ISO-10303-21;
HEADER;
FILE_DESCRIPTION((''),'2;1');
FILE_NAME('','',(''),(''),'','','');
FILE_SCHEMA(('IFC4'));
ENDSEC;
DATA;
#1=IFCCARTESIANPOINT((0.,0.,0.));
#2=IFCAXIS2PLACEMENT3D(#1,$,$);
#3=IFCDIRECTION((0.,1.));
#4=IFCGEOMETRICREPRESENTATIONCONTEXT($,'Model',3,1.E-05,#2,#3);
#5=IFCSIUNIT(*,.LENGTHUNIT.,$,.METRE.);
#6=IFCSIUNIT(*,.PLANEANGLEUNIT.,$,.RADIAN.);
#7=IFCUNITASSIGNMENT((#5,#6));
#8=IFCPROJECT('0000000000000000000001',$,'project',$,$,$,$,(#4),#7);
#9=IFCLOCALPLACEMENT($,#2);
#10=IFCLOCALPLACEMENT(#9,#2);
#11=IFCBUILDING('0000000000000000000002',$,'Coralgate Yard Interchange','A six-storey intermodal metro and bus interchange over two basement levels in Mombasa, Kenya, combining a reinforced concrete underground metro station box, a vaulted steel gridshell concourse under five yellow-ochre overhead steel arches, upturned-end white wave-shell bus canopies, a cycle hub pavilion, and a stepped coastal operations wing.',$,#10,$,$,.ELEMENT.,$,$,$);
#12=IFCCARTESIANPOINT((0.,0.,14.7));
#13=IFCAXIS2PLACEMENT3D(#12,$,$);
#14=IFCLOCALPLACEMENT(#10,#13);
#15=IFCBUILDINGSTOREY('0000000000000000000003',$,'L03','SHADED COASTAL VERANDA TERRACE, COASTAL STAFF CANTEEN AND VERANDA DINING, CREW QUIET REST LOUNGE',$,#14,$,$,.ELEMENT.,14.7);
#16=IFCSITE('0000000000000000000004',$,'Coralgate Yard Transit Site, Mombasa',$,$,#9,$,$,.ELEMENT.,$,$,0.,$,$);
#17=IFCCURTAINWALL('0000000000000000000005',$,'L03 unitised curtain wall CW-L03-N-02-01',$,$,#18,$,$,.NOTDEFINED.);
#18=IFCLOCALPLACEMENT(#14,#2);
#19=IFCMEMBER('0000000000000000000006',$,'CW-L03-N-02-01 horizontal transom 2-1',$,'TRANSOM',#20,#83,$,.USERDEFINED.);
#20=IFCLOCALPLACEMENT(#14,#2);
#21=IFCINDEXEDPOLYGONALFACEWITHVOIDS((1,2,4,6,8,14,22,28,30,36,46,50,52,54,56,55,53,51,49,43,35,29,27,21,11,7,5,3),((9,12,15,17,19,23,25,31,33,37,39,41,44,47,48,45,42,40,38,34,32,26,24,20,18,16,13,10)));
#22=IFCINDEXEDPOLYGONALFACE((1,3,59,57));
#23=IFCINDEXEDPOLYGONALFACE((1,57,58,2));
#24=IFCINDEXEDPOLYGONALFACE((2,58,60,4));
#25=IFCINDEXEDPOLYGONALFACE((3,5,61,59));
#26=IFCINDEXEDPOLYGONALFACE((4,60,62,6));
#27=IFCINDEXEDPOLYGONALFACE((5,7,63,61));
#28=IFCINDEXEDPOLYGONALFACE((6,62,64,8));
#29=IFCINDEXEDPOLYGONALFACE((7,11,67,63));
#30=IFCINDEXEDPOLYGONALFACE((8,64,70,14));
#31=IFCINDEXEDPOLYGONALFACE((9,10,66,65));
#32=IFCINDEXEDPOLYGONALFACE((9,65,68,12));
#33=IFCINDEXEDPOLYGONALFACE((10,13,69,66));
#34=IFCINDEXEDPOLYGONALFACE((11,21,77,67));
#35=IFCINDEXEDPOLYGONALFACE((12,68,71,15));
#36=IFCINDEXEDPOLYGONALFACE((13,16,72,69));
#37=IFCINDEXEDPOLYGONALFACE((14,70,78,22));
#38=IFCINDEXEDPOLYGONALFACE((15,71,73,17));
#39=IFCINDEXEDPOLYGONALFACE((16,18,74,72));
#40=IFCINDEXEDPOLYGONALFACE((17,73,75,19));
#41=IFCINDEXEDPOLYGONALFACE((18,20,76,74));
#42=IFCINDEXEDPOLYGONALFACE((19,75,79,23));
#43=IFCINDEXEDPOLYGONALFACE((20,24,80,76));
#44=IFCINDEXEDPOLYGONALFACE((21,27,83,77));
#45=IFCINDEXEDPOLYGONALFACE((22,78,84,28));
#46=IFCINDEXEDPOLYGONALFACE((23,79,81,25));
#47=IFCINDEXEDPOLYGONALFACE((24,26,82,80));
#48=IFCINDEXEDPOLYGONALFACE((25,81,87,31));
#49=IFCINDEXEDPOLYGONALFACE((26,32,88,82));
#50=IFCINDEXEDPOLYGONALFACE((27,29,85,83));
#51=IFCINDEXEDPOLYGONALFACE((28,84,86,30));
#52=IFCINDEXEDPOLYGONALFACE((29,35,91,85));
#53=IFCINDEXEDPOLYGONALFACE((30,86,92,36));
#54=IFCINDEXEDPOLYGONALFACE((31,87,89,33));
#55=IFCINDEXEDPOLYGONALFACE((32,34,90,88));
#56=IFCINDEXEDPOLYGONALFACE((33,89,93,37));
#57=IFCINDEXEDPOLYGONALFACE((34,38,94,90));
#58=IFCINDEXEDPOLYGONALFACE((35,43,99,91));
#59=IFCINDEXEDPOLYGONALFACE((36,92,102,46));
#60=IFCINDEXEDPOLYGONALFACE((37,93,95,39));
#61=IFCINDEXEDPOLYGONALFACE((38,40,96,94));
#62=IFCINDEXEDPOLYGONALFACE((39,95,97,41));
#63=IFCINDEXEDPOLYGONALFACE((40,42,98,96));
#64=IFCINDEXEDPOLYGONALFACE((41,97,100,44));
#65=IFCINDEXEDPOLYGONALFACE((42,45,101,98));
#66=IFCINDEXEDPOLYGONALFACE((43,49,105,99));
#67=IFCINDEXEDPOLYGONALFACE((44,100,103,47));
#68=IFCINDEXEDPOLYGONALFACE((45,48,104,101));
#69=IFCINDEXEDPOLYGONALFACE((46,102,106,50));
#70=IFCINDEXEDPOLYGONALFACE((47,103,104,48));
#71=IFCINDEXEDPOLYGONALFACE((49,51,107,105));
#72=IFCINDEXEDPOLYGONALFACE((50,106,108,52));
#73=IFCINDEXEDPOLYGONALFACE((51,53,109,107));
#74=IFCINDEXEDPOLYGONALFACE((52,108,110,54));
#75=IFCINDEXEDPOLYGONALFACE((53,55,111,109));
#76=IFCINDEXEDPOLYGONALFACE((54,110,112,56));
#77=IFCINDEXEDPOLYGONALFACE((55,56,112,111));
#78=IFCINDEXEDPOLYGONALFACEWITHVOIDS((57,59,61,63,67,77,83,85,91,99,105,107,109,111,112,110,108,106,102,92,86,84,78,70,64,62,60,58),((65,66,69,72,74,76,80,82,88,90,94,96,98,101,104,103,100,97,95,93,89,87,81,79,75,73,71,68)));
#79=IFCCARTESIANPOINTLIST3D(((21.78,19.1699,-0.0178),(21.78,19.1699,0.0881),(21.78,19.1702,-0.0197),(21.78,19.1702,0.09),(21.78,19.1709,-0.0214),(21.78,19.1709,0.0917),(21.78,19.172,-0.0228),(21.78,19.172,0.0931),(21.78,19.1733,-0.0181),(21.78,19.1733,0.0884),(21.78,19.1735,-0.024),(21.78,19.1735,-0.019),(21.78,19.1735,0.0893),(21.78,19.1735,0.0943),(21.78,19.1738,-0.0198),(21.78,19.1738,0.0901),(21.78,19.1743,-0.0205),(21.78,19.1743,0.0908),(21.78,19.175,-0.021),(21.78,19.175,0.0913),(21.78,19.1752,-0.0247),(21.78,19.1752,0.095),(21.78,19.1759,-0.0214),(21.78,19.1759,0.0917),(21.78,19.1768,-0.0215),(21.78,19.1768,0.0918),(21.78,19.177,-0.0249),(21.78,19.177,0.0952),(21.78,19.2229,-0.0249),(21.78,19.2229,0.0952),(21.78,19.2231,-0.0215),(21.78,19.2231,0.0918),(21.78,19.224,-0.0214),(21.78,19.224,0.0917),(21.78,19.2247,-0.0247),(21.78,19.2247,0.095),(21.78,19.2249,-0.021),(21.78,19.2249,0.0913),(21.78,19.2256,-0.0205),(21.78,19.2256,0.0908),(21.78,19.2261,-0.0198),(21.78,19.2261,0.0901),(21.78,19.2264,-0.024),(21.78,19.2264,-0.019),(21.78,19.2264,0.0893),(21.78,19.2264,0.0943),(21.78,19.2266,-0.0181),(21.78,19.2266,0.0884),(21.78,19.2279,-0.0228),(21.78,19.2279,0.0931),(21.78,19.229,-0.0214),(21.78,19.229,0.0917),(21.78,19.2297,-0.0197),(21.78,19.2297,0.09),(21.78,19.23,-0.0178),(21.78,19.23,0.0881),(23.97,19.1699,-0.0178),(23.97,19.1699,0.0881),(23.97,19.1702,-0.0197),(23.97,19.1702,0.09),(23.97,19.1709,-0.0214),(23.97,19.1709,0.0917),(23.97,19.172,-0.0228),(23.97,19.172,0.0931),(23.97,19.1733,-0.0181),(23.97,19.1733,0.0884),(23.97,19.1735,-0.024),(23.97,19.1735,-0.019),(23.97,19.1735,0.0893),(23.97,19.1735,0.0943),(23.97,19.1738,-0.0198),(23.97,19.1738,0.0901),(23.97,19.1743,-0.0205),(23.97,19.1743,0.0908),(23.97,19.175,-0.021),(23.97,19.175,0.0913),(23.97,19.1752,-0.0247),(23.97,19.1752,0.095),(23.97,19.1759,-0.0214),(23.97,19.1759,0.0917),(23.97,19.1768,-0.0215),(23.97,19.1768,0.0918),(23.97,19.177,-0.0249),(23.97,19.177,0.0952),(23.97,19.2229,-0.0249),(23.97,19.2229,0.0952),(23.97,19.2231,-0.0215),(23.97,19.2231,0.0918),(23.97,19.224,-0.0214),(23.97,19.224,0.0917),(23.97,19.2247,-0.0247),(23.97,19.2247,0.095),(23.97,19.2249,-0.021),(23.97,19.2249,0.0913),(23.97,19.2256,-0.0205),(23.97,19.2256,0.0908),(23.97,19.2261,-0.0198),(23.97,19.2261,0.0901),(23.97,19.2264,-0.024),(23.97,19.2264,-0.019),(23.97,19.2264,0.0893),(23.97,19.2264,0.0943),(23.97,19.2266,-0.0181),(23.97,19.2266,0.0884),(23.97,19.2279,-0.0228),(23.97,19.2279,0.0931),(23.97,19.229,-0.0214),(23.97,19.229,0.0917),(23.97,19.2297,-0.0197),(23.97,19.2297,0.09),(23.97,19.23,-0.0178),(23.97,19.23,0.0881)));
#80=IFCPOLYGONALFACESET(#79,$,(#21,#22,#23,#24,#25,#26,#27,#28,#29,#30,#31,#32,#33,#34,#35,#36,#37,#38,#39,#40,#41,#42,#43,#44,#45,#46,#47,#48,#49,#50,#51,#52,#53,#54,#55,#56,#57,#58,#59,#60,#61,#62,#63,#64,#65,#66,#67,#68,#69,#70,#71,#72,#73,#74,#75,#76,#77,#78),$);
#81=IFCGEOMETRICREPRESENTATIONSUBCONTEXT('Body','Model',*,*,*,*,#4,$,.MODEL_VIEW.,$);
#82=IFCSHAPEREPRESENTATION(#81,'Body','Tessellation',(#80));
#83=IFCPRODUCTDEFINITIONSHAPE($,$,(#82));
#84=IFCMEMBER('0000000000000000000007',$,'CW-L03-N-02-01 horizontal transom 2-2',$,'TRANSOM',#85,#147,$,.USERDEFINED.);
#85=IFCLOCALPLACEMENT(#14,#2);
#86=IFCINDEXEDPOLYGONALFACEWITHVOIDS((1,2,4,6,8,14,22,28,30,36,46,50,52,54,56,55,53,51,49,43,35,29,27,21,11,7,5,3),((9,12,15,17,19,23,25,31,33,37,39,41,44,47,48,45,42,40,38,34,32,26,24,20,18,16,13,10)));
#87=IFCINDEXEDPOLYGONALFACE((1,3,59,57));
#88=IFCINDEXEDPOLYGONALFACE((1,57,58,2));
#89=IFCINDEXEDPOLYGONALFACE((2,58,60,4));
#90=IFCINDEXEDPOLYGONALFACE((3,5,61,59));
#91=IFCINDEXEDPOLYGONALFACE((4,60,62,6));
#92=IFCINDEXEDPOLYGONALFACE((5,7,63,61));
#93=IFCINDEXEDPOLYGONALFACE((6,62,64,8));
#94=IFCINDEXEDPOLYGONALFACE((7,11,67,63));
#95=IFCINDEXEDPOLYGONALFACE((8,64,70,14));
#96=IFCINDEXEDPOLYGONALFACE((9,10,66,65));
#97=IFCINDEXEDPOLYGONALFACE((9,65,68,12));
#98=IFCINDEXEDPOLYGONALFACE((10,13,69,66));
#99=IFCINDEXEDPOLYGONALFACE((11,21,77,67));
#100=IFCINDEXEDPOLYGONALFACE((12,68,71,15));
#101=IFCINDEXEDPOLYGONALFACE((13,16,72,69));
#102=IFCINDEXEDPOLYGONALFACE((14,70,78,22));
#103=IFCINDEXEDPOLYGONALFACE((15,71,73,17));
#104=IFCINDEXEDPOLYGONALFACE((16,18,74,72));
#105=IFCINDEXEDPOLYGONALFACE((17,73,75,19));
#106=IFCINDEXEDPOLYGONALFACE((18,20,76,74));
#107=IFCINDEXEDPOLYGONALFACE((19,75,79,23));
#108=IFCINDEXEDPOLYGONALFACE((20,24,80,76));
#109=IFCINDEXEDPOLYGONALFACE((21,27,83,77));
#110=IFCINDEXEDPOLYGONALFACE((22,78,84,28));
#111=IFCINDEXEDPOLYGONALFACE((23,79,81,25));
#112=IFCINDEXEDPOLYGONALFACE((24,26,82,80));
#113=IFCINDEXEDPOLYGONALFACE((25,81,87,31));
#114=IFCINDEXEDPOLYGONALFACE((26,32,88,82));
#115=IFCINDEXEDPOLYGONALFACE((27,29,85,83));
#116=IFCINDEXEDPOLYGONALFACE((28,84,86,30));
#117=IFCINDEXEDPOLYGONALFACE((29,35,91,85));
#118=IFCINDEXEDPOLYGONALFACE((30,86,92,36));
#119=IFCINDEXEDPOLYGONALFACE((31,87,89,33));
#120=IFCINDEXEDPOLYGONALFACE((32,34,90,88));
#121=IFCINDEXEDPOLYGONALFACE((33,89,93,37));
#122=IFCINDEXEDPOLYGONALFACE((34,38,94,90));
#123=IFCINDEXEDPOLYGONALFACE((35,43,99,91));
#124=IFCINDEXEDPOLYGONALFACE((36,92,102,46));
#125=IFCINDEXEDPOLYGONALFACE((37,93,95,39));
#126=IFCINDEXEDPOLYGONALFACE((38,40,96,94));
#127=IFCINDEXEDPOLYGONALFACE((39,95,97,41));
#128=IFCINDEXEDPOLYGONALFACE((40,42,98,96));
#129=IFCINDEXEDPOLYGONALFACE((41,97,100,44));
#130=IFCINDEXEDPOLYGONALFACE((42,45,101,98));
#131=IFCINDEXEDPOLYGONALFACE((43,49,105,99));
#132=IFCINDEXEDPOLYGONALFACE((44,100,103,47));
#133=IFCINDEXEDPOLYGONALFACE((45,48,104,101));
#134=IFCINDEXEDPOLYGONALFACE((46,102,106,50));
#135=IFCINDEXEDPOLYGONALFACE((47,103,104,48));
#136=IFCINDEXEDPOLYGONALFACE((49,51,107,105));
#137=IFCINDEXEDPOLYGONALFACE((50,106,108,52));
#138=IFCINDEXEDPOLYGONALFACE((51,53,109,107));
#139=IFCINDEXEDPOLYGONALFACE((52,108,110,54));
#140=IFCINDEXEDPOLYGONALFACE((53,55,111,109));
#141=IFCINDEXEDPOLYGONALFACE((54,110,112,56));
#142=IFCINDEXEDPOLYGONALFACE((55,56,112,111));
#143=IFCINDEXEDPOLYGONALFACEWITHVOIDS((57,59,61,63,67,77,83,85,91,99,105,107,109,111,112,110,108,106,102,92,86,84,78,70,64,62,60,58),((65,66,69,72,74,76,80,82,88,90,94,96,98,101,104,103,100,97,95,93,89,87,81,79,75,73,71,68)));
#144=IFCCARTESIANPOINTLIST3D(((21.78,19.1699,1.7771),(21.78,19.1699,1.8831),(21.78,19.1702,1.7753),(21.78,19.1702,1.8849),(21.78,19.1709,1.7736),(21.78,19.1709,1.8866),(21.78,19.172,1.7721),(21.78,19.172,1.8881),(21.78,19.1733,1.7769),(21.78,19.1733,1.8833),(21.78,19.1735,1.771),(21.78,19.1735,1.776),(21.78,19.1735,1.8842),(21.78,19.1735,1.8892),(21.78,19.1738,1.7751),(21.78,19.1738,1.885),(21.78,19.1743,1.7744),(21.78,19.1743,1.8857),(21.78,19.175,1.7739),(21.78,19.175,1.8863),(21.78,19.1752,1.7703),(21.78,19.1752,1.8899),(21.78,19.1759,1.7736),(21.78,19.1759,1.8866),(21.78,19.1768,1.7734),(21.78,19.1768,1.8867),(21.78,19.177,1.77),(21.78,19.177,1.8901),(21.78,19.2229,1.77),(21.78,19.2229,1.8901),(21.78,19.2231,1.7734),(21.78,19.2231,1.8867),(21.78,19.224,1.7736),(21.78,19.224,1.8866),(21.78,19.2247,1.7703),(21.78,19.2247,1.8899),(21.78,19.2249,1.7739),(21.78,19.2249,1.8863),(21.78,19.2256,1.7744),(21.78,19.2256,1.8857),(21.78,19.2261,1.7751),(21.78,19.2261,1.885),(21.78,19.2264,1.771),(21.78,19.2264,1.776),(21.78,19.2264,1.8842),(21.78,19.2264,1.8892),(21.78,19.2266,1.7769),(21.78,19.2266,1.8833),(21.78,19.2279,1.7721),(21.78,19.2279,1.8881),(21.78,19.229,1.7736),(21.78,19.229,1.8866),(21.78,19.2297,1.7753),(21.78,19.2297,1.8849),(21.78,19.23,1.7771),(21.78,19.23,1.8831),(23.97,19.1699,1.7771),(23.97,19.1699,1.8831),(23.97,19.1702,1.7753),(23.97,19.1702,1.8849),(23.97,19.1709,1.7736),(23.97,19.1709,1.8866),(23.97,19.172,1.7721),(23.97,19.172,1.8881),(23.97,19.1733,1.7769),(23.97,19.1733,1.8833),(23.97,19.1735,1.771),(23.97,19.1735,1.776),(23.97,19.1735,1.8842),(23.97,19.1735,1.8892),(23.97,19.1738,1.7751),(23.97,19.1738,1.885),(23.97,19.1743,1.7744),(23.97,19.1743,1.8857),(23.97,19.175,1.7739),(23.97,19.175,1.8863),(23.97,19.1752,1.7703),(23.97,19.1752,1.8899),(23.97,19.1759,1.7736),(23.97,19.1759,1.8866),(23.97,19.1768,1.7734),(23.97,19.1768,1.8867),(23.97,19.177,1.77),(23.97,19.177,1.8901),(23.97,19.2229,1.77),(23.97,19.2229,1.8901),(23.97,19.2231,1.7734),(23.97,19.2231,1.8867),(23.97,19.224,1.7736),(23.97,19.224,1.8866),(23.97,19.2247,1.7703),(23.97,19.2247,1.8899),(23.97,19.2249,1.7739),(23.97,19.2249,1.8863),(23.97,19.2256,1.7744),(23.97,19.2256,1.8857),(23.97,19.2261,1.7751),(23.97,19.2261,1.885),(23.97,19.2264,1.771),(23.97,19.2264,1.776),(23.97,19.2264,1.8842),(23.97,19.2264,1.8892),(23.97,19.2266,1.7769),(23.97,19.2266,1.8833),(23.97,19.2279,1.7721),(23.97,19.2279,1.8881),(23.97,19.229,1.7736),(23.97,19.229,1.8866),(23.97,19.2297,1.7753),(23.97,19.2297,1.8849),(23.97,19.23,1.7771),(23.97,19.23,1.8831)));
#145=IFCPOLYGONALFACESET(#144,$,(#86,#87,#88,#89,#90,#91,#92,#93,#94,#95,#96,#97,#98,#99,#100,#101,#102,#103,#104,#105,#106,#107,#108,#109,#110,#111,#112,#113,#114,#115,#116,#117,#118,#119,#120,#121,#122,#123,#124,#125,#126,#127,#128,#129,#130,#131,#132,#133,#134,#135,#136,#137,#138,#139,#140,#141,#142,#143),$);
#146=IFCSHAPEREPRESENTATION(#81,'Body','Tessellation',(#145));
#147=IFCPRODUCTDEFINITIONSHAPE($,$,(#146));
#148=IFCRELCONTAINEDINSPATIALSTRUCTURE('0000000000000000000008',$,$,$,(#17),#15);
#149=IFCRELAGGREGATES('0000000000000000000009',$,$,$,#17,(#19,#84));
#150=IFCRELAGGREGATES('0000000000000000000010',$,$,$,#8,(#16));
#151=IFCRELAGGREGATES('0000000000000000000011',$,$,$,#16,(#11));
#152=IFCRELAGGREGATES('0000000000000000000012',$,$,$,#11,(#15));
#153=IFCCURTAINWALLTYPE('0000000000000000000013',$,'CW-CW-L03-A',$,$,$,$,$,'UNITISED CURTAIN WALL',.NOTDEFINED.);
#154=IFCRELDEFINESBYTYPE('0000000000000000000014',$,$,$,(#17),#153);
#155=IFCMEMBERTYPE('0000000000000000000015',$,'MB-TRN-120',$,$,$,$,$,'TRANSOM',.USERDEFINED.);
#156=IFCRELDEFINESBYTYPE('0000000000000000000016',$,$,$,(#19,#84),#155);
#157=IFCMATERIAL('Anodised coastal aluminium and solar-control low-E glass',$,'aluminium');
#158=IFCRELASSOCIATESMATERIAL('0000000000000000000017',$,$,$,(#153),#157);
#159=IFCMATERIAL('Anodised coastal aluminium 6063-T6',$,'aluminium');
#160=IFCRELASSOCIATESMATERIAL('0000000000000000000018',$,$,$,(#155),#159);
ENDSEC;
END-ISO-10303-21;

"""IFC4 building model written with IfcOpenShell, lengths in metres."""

from ifc_helpers import new_model, si_unit, direction, frame, origin, origin_2d, place, context, subcontext, project, spatial, hollow_rectangle, extrude, material, material_profile, profile_set, type_object, element, aggregate, save


model = new_model("IFC4")

# Units and contexts
model_context = context("Model", 3, precision=1e-05, world=origin(), true_north=direction((0.0, 1.0)))
body_context = subcontext(model_context, "Body", "Model", "MODEL_VIEW")
ifc_project = project(units=[si_unit("LENGTHUNIT", "METRE"), si_unit("PLANEANGLEUNIT", "RADIAN")], contexts=[model_context])

# Site, building, storey
site_placement = place(None, origin())
site = spatial("IfcSite", under=ifc_project, at=site_placement, Name="Coralgate Yard Transit Site, Mombasa", CompositionType="ELEMENT", RefElevation=0.0)
building_placement = place(site_placement, origin())
building = spatial("IfcBuilding", under=site, at=building_placement, Name="Coralgate Yard Interchange", Description="A six-storey intermodal metro and bus interchange over two basement levels in Mombasa, Kenya, combining a reinforced concrete underground metro station box, a vaulted steel gridshell concourse under five yellow-ochre overhead steel arches, upturned-end white wave-shell bus canopies, a cycle hub pavilion, and a stepped coastal operations wing.", CompositionType="ELEMENT")
storey_placement = place(building_placement, frame((0.0, 0.0, 14.7)))
storey = spatial("IfcBuildingStorey", under=building, at=storey_placement, Name="L03", Description="SHADED COASTAL VERANDA TERRACE, COASTAL STAFF CANTEEN AND VERANDA DINING, CREW QUIET REST LOUNGE", CompositionType="ELEMENT", Elevation=14.7)

# Curtain wall, members
ifc_material_1 = material(Name="Anodised coastal aluminium and solar-control low-E glass", Category="aluminium")
curtain_wall_type = type_object("IfcCurtainWallType", Name="CW-CW-L03-A", ElementType="UNITISED CURTAIN WALL", PredefinedType="NOTDEFINED", material=ifc_material_1)
curtain_wall_placement = place(storey_placement, origin())
curtain_wall = element("IfcCurtainWall", 1, at=curtain_wall_placement, inside=storey, type_object=curtain_wall_type, Name="L03 unitised curtain wall CW-L03-N-02-01", PredefinedType="NOTDEFINED")
ifc_material_2 = material(Name="Anodised coastal aluminium 6063-T6", Category="aluminium")
ifc_material_profile_1 = material_profile(ifc_material_2, hollow_rectangle(XDim=0.0601, YDim=0.1201, WallThickness=0.0034, InnerFilletRadius=0.0034, OuterFilletRadius=0.0071, at=origin_2d()), Name="ALU 60x120x3.5")
ifc_profile_set_1 = profile_set([ifc_material_profile_1], Name="Anodised coastal aluminium 6063-T6")
member_type_1 = type_object("IfcMemberType", Name="MB-TRN-120", ElementType="TRANSOM", PredefinedType="USERDEFINED", material=ifc_profile_set_1)
member_1_placement = place(storey_placement, frame((21.78, 19.2, 0.0352), z_axis=(1.0, 0.0, 0.0), x_axis=(0.0, 1.0, 0.0)))
member_1 = element("IfcMember", 2, at=member_1_placement, type_object=member_type_1, Name="CW-L03-N-02-01 horizontal transom 2-1", ObjectType="TRANSOM", PredefinedType="USERDEFINED", context=body_context, shape_type="SweptSolid", body=[
    extrude(hollow_rectangle(XDim=0.0601, YDim=0.1201, WallThickness=0.0034, InnerFilletRadius=0.0034, OuterFilletRadius=0.0071, at=origin_2d()), origin(), (0.0, 0.0, 1.0), 2.1899),
])
member_2_placement = place(storey_placement, frame((21.78, 19.2, 1.8301), z_axis=(1.0, 0.0, 0.0), x_axis=(0.0, 1.0, 0.0)))
member_2 = element("IfcMember", 3, at=member_2_placement, type_object=member_type_1, Name="CW-L03-N-02-01 horizontal transom 2-2", ObjectType="TRANSOM", PredefinedType="USERDEFINED", context=body_context, shape_type="SweptSolid", body=[
    extrude(hollow_rectangle(XDim=0.0601, YDim=0.1201, WallThickness=0.0034, InnerFilletRadius=0.0034, OuterFilletRadius=0.0071, at=origin_2d()), origin(), (0.0, 0.0, 1.0), 2.1899),
])
aggregate(curtain_wall, [member_1, member_2])

save(model, "model.ifc")
